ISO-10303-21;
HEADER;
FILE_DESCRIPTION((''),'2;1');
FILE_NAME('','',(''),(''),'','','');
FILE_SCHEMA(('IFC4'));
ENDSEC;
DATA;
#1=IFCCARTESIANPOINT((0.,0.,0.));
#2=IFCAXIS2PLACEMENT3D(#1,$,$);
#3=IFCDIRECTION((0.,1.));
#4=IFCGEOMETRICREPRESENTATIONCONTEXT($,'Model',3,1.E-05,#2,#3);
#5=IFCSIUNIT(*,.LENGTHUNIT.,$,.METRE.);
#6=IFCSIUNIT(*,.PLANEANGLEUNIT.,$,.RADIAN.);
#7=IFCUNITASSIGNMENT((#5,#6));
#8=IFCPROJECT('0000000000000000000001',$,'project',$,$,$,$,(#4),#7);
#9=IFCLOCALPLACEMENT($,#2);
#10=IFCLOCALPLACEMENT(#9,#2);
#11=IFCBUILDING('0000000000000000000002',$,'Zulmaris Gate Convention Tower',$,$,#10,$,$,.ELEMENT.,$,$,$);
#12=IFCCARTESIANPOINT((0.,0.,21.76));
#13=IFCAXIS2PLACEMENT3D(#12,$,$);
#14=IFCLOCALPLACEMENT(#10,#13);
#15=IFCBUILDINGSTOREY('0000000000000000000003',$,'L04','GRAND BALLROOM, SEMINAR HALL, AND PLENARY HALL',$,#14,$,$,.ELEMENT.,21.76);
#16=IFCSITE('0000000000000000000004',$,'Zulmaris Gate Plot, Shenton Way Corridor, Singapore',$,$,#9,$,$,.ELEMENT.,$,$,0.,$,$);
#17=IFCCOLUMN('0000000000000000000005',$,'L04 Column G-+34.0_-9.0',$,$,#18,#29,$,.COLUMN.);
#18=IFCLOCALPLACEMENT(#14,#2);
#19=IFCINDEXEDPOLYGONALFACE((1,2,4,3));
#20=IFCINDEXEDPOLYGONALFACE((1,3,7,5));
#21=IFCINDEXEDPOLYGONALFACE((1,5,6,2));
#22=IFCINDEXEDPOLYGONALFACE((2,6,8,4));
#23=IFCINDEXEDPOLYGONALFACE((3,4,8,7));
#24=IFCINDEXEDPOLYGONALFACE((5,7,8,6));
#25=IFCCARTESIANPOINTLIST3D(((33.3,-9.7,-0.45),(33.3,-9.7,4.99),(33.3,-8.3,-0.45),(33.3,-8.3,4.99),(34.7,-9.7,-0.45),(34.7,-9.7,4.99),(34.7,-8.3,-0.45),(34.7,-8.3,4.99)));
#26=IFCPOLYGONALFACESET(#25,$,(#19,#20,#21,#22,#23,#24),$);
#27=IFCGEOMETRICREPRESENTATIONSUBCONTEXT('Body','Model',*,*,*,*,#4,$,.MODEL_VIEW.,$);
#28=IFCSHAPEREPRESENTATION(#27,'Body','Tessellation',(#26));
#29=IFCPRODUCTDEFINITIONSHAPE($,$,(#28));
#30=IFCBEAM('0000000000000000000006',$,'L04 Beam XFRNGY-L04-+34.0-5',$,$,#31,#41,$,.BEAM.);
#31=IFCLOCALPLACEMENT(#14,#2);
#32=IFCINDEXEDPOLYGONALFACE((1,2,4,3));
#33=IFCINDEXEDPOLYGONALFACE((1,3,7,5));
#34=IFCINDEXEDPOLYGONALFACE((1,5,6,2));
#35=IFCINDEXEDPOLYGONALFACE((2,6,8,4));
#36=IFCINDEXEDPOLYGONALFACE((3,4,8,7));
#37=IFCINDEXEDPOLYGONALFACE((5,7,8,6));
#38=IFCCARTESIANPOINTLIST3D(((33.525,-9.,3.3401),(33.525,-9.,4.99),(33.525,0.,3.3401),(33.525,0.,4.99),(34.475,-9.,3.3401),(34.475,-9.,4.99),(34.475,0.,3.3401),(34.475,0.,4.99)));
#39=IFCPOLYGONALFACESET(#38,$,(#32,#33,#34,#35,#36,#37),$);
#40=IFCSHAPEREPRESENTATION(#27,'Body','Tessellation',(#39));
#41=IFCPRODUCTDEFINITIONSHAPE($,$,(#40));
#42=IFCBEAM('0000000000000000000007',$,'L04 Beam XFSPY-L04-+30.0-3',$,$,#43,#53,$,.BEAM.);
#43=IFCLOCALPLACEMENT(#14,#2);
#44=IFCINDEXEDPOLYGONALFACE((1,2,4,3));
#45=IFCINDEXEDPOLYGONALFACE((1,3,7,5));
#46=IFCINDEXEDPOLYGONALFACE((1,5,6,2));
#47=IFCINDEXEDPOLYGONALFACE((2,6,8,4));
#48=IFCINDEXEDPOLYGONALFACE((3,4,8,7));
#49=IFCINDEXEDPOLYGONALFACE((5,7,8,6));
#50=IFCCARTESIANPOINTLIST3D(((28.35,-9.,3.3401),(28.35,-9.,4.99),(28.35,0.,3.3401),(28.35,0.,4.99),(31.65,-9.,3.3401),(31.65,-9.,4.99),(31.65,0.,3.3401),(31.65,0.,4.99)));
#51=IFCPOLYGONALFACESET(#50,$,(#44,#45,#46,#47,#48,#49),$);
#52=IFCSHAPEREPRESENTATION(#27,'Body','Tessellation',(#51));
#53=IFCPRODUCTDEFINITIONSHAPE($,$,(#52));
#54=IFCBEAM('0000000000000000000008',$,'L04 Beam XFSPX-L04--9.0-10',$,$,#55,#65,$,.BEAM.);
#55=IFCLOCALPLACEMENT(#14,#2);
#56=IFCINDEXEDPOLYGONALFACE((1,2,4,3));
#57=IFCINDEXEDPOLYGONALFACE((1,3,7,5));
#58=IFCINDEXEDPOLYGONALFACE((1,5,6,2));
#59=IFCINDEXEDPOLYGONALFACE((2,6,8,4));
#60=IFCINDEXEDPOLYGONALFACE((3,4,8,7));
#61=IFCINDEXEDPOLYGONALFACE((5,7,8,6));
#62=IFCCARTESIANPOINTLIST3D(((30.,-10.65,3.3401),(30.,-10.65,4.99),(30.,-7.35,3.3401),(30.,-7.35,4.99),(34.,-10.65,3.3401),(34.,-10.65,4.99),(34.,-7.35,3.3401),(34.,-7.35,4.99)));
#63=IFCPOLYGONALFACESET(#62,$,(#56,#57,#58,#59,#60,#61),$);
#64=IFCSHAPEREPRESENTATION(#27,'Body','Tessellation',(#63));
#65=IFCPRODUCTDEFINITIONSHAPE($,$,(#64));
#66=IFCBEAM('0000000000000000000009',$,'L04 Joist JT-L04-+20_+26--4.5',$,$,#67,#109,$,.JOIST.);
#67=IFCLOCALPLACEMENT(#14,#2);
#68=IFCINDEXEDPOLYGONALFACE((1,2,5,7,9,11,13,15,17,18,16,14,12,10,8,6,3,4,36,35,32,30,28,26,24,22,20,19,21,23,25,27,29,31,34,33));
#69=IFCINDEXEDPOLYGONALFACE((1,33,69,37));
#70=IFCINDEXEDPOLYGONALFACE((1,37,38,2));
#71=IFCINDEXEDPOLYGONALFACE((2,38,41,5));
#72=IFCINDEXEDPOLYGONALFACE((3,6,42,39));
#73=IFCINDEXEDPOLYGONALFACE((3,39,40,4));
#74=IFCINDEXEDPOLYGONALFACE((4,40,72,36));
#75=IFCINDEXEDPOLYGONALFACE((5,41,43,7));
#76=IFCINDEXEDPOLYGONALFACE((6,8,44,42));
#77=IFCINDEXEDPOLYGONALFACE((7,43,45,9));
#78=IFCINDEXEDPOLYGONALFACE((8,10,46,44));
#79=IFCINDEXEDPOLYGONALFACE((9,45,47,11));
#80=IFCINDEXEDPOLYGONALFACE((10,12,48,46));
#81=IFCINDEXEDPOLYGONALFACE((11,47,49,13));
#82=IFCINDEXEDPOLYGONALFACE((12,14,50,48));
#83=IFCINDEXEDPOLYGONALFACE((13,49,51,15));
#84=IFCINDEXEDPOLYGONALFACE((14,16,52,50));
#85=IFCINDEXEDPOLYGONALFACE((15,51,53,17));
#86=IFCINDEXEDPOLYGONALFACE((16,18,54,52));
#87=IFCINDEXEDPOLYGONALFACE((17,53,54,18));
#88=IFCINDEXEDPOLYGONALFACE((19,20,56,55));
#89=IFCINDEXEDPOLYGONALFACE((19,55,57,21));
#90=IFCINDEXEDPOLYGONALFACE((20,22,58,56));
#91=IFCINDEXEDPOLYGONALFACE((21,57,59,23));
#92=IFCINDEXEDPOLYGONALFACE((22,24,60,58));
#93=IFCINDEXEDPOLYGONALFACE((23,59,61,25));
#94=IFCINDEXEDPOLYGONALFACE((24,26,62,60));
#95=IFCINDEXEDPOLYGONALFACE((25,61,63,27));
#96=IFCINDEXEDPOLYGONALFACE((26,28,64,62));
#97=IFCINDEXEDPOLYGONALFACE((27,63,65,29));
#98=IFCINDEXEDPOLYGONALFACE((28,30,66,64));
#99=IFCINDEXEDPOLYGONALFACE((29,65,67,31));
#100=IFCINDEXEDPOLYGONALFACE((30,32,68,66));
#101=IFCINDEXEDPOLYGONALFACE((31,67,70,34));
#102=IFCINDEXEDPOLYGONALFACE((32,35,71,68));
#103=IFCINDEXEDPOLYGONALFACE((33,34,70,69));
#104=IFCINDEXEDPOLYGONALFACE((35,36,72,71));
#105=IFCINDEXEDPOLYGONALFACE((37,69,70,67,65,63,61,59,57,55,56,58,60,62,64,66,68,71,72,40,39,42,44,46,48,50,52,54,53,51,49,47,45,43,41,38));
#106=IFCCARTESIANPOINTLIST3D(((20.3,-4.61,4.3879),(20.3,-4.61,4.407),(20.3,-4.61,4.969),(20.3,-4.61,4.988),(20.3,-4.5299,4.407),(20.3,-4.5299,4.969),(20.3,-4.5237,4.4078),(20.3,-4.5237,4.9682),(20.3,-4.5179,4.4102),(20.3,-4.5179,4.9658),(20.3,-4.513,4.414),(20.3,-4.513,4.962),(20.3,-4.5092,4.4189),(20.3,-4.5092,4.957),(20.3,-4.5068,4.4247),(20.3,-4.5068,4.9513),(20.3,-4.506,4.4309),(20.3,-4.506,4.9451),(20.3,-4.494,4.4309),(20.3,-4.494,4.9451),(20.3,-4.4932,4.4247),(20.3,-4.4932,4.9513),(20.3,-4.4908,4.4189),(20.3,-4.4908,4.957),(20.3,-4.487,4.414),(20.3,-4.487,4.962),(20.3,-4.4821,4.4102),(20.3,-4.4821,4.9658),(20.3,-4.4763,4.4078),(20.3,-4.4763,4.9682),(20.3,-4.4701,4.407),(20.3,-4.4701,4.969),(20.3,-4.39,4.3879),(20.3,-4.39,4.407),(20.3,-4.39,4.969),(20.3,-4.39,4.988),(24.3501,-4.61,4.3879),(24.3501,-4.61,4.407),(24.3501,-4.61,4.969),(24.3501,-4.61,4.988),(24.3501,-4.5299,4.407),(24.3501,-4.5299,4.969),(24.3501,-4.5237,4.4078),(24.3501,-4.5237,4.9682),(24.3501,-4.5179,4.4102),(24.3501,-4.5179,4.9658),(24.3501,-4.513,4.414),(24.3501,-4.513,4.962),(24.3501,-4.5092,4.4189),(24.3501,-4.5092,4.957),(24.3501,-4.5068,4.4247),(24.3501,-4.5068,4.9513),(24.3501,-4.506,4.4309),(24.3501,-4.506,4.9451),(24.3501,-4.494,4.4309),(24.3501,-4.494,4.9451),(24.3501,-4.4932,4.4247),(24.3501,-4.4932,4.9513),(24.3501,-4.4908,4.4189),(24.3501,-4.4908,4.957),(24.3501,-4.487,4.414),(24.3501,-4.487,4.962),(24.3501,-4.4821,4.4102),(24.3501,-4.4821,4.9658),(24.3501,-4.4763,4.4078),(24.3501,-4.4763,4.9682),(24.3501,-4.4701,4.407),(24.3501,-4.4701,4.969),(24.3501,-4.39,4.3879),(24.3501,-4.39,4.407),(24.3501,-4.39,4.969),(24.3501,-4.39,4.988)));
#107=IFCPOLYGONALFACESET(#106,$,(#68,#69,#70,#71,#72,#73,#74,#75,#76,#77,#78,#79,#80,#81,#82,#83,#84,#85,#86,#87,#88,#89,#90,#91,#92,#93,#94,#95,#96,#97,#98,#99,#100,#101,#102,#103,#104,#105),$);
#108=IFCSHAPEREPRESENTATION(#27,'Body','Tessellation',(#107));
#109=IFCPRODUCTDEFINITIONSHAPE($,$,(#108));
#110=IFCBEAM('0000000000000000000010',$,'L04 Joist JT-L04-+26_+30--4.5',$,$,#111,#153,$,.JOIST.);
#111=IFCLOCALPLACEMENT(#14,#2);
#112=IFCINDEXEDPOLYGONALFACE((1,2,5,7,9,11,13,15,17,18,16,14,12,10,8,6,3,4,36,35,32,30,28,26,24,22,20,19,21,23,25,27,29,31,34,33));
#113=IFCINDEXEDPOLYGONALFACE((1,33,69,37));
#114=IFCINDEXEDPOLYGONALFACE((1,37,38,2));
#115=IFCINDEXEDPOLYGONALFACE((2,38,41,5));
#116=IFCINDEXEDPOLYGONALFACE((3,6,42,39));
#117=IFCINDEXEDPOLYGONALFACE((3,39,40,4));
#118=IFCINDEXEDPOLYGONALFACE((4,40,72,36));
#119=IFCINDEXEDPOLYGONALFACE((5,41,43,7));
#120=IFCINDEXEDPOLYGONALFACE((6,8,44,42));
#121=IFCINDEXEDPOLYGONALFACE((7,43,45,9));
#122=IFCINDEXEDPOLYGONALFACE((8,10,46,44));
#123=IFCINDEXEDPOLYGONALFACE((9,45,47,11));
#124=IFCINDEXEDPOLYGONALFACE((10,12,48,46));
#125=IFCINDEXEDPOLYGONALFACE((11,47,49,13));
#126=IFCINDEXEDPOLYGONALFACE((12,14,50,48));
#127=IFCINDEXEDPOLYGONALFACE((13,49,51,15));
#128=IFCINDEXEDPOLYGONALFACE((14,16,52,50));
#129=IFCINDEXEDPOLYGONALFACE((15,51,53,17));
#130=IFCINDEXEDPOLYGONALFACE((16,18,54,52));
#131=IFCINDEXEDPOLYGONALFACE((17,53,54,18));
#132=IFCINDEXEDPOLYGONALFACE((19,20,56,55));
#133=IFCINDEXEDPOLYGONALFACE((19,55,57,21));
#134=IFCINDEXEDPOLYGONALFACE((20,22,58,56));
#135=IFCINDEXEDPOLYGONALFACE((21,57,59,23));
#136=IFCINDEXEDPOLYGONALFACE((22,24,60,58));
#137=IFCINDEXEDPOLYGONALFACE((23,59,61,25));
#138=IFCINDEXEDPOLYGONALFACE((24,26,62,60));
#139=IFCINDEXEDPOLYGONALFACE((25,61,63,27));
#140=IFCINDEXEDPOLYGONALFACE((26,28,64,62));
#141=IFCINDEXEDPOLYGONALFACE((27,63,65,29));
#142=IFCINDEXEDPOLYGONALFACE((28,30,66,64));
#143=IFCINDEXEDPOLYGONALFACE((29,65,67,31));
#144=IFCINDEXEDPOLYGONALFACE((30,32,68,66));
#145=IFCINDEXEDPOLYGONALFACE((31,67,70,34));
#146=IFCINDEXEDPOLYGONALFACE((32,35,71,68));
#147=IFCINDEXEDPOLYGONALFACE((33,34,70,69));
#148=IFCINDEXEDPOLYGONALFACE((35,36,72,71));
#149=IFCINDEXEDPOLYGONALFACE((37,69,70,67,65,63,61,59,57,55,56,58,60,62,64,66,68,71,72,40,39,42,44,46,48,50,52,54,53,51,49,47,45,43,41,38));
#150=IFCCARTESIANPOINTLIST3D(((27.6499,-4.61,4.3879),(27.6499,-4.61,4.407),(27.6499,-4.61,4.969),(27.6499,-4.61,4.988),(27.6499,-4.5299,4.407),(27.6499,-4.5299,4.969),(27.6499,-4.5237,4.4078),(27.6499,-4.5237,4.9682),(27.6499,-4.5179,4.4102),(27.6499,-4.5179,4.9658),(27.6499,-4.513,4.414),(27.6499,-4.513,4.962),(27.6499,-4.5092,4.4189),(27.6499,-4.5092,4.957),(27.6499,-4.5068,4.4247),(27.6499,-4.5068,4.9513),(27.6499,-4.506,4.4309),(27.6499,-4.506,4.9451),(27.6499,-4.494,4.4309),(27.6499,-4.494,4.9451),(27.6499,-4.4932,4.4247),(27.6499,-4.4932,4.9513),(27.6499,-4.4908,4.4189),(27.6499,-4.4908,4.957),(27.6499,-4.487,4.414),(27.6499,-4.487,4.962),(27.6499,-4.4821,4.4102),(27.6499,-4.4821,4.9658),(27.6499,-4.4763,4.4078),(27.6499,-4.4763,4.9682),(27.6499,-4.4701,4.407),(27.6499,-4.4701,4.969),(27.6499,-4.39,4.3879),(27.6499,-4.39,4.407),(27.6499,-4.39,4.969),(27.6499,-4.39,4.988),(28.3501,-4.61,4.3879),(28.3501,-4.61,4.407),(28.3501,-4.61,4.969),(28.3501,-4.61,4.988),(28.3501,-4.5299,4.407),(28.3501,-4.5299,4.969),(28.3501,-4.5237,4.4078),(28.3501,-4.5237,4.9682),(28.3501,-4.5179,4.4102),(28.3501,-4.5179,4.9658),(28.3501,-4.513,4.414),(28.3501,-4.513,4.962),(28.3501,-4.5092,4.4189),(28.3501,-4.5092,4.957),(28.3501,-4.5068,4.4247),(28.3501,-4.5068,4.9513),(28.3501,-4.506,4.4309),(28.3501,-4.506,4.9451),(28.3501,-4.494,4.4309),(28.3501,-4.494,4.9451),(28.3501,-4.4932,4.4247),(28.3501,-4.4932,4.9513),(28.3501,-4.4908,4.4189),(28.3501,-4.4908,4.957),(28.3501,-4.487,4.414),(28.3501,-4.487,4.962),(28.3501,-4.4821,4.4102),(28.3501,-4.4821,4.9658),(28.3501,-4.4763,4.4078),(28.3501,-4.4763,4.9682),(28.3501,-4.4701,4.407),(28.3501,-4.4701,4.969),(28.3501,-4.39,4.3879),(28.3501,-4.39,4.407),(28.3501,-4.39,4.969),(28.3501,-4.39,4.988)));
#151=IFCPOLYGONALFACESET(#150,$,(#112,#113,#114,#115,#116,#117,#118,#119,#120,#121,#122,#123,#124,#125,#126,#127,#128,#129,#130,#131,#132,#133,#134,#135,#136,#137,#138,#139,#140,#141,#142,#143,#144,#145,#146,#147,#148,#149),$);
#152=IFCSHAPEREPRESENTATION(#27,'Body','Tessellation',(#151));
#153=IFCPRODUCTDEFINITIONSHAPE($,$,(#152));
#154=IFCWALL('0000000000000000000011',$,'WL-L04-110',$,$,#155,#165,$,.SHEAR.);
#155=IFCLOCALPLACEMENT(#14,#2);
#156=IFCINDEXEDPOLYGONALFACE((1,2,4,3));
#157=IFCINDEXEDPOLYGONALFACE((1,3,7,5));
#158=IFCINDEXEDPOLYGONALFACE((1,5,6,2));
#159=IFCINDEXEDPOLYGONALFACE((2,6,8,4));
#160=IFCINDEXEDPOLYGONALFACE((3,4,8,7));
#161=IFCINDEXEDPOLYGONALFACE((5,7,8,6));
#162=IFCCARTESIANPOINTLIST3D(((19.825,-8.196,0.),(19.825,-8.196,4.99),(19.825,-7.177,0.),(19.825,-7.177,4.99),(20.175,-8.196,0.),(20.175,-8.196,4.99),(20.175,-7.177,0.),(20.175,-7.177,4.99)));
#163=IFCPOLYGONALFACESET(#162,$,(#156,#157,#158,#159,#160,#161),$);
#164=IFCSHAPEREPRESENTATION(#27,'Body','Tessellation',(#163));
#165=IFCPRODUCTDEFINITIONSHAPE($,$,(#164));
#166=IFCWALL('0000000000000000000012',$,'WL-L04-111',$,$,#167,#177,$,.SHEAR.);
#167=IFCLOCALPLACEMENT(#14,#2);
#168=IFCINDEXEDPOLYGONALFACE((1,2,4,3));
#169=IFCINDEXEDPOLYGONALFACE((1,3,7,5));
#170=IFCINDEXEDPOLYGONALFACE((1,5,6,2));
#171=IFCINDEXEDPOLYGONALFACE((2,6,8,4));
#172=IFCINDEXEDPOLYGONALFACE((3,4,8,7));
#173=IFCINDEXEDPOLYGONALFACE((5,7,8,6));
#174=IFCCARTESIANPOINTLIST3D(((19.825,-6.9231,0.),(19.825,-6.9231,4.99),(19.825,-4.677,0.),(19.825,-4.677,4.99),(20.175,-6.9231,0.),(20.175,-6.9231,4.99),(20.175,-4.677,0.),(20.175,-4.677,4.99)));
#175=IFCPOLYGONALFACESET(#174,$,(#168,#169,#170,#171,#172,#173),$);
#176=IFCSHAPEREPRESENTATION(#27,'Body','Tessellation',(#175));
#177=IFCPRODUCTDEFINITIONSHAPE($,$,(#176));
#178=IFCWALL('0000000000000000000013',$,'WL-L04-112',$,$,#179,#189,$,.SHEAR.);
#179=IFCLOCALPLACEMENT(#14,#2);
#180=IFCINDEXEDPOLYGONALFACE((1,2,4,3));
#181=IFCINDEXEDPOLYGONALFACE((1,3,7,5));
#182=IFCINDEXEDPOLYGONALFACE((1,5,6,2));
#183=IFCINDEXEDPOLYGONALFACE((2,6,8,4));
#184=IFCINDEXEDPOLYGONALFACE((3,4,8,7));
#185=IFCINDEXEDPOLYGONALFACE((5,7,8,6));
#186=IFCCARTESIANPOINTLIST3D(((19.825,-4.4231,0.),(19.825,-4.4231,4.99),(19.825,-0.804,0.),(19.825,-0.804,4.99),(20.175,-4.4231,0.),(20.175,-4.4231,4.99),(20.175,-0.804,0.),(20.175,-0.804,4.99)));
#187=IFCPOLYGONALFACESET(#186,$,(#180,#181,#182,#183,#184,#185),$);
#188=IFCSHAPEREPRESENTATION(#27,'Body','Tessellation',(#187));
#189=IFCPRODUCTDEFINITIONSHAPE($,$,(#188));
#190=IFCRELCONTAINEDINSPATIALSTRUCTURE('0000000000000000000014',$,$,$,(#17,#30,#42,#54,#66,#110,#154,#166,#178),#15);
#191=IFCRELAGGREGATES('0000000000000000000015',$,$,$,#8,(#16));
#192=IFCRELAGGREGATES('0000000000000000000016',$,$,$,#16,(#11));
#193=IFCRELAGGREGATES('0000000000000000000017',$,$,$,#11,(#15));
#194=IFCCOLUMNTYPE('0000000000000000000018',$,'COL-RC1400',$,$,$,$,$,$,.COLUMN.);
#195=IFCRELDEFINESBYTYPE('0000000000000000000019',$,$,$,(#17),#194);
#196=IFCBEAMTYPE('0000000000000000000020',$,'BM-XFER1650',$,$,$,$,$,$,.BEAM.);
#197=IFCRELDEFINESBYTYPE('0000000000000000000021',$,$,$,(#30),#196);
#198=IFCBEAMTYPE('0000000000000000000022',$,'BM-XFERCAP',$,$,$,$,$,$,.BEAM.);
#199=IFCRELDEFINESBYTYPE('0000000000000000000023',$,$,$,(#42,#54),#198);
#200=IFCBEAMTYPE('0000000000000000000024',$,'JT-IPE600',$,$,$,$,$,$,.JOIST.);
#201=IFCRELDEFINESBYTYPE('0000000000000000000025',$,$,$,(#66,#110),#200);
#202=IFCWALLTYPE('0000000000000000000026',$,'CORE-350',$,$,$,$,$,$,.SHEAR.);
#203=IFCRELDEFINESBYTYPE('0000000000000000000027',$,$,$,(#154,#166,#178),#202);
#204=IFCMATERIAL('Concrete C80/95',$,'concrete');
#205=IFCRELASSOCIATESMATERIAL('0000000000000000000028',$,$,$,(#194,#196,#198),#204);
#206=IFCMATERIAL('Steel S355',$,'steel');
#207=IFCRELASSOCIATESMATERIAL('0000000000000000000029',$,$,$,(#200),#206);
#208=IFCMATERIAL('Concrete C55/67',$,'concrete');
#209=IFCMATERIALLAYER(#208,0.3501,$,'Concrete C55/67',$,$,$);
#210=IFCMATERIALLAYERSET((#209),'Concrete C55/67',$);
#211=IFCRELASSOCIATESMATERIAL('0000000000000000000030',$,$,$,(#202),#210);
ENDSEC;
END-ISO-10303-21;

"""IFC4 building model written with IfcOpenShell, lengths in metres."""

from ifc_helpers import new_model, si_unit, direction, frame, frame_2d, origin, origin_2d, place, context, subcontext, project, spatial, rectangle, i_section, extrude, material, layer, layer_set, material_profile, profile_set, type_object, element, save


model = new_model("IFC4")

# Units and contexts
model_context = context("Model", 3, precision=1e-05, world=origin(), true_north=direction((0.0, 1.0)))
body_context = subcontext(model_context, "Body", "Model", "MODEL_VIEW")
ifc_project = project(units=[si_unit("LENGTHUNIT", "METRE"), si_unit("PLANEANGLEUNIT", "RADIAN")], contexts=[model_context])

# Site, building, storey
site_placement = place(None, origin())
site = spatial("IfcSite", under=ifc_project, at=site_placement, Name="Zulmaris Gate Plot, Shenton Way Corridor, Singapore", CompositionType="ELEMENT", RefElevation=0.0)
building_placement = place(site_placement, origin())
building = spatial("IfcBuilding", under=site, at=building_placement, Name="Zulmaris Gate Convention Tower", CompositionType="ELEMENT")
storey_placement = place(building_placement, frame((0.0, 0.0, 21.76)))
storey = spatial("IfcBuildingStorey", under=building, at=storey_placement, Name="L04", Description="GRAND BALLROOM, SEMINAR HALL, AND PLENARY HALL", CompositionType="ELEMENT", Elevation=21.76)

# Column
ifc_material_1 = material(Name="Concrete C80/95", Category="concrete")
ifc_material_profile_1 = material_profile(ifc_material_1, rectangle(XDim=1.3999, YDim=1.3999, at=origin_2d()), Name="RC COL 1400x1400")
ifc_profile_set_1 = profile_set([ifc_material_profile_1], Name="Concrete C80/95")
column_type = type_object("IfcColumnType", Name="COL-RC1400", PredefinedType="COLUMN", material=ifc_profile_set_1)
column_placement = place(storey_placement, frame((34.0, -9.0, -0.45), z_axis=(0.0, 0.0, 1.0), x_axis=(1.0, 0.0, 0.0)))
element("IfcColumn", 1, at=column_placement, inside=storey, type_object=column_type, Name="L04 Column G-+34.0_-9.0", PredefinedType="COLUMN", context=body_context, shape_type="SweptSolid", body=[
    extrude(rectangle(XDim=1.3999, YDim=1.3999, at=origin_2d()), origin(), (0.0, 0.0, 1.0), 5.4399),
])

# Beams
ifc_material_profile_2 = material_profile(ifc_material_1, rectangle(XDim=0.95, YDim=1.6499, at=origin_2d()), Name="RC TRANSFER 950x1650")
ifc_profile_set_2 = profile_set([ifc_material_profile_2], Name="Concrete C80/95")
beam_type_1 = type_object("IfcBeamType", Name="BM-XFER1650", PredefinedType="BEAM", material=ifc_profile_set_2)
beam_1_placement = place(storey_placement, frame((34.0, -9.0, 4.165), z_axis=(0.0, 1.0, 0.0), x_axis=(-1.0, 0.0, 0.0)))
element("IfcBeam", 2, at=beam_1_placement, inside=storey, type_object=beam_type_1, Name="L04 Beam XFRNGY-L04-+34.0-5", PredefinedType="BEAM", context=body_context, shape_type="SweptSolid", body=[
    extrude(rectangle(XDim=0.95, YDim=1.6499, at=origin_2d()), origin(), (0.0, 0.0, 1.0), 9.0),
])
ifc_material_profile_3 = material_profile(ifc_material_1, rectangle(XDim=3.3, YDim=1.6499, at=origin_2d()), Name="RC TRANSFER 3300x1650")
ifc_profile_set_3 = profile_set([ifc_material_profile_3], Name="Concrete C80/95")
beam_type_2 = type_object("IfcBeamType", Name="BM-XFERCAP", PredefinedType="BEAM", material=ifc_profile_set_3)
beam_2_placement = place(storey_placement, frame((30.0, -9.0, 4.165), z_axis=(0.0, 1.0, 0.0), x_axis=(-1.0, 0.0, 0.0)))
element("IfcBeam", 3, at=beam_2_placement, inside=storey, type_object=beam_type_2, Name="L04 Beam XFSPY-L04-+30.0-3", PredefinedType="BEAM", context=body_context, shape_type="SweptSolid", body=[
    extrude(rectangle(XDim=3.3, YDim=1.6499, at=origin_2d()), origin(), (0.0, 0.0, 1.0), 9.0),
])
beam_3_placement = place(storey_placement, frame((30.0, -9.0, 4.165), z_axis=(1.0, 0.0, 0.0), x_axis=(0.0, 1.0, 0.0)))
element("IfcBeam", 4, at=beam_3_placement, inside=storey, type_object=beam_type_2, Name="L04 Beam XFSPX-L04--9.0-10", PredefinedType="BEAM", context=body_context, shape_type="SweptSolid", body=[
    extrude(rectangle(XDim=3.3, YDim=1.6499, at=origin_2d()), origin(), (0.0, 0.0, 1.0), 4.0),
])
ifc_material_2 = material(Name="Steel S355", Category="steel")
ifc_material_profile_4 = material_profile(ifc_material_2, i_section(OverallWidth=0.22, OverallDepth=0.6001, WebThickness=0.012, FlangeThickness=0.019, FilletRadius=0.0239, at=origin_2d()), Name="IPE 600")
ifc_profile_set_4 = profile_set([ifc_material_profile_4], Name="Steel S355")
beam_type_3 = type_object("IfcBeamType", Name="JT-IPE600", PredefinedType="JOIST", material=ifc_profile_set_4)
beam_4_placement = place(storey_placement, frame((20.3, -4.5, 4.688), z_axis=(1.0, 0.0, 0.0), x_axis=(0.0, 1.0, 0.0)))
element("IfcBeam", 5, at=beam_4_placement, inside=storey, type_object=beam_type_3, Name="L04 Joist JT-L04-+20_+26--4.5", PredefinedType="JOIST", context=body_context, shape_type="SweptSolid", body=[
    extrude(i_section(OverallWidth=0.22, OverallDepth=0.6001, WebThickness=0.012, FlangeThickness=0.019, FilletRadius=0.0239, at=origin_2d()), origin(), (0.0, 0.0, 1.0), 4.05),
])
beam_5_placement = place(storey_placement, frame((27.6499, -4.5, 4.688), z_axis=(1.0, 0.0, 0.0), x_axis=(0.0, 1.0, 0.0)))
element("IfcBeam", 6, at=beam_5_placement, inside=storey, type_object=beam_type_3, Name="L04 Joist JT-L04-+26_+30--4.5", PredefinedType="JOIST", context=body_context, shape_type="SweptSolid", body=[
    extrude(i_section(OverallWidth=0.22, OverallDepth=0.6001, WebThickness=0.012, FlangeThickness=0.019, FilletRadius=0.0239, at=origin_2d()), origin(), (0.0, 0.0, 1.0), 0.7002),
])

# Walls
ifc_material_3 = material(Name="Concrete C55/67", Category="concrete")
ifc_layer_1 = layer(ifc_material_3, 0.3501, Name="Concrete C55/67")
ifc_layer_set_1 = layer_set([ifc_layer_1], Name="Concrete C55/67")
wall_type_1 = type_object("IfcWallType", Name="CORE-350", PredefinedType="SHEAR", material=ifc_layer_set_1)
wall_1_placement = place(storey_placement, frame((20.0, -8.196, 0.0), z_axis=(0.0, 0.0, 1.0), x_axis=(0.0, 1.0, 0.0)))
element("IfcWall", 7, at=wall_1_placement, inside=storey, type_object=wall_type_1, Name="WL-L04-110", PredefinedType="SHEAR", context=body_context, shape_type="SweptSolid", body=[
    extrude(rectangle(XDim=1.019, YDim=0.3501, at=frame_2d((0.5095, 0.0))), origin(), (0.0, 0.0, 1.0), 4.99),
])
wall_2_placement = place(storey_placement, frame((20.0, -6.9231, 0.0), z_axis=(0.0, 0.0, 1.0), x_axis=(0.0, 1.0, 0.0)))
element("IfcWall", 8, at=wall_2_placement, inside=storey, type_object=wall_type_1, Name="WL-L04-111", PredefinedType="SHEAR", context=body_context, shape_type="SweptSolid", body=[
    extrude(rectangle(XDim=2.2461, YDim=0.3501, at=frame_2d((1.123, 0.0))), origin(), (0.0, 0.0, 1.0), 4.99),
])
wall_3_placement = place(storey_placement, frame((20.0, -4.4231, 0.0), z_axis=(0.0, 0.0, 1.0), x_axis=(0.0, 1.0, 0.0)))
element("IfcWall", 9, at=wall_3_placement, inside=storey, type_object=wall_type_1, Name="WL-L04-112", PredefinedType="SHEAR", context=body_context, shape_type="SweptSolid", body=[
    extrude(rectangle(XDim=3.6191, YDim=0.3501, at=frame_2d((1.8096, 0.0))), origin(), (0.0, 0.0, 1.0), 4.99),
])

save(model, "model.ifc")
